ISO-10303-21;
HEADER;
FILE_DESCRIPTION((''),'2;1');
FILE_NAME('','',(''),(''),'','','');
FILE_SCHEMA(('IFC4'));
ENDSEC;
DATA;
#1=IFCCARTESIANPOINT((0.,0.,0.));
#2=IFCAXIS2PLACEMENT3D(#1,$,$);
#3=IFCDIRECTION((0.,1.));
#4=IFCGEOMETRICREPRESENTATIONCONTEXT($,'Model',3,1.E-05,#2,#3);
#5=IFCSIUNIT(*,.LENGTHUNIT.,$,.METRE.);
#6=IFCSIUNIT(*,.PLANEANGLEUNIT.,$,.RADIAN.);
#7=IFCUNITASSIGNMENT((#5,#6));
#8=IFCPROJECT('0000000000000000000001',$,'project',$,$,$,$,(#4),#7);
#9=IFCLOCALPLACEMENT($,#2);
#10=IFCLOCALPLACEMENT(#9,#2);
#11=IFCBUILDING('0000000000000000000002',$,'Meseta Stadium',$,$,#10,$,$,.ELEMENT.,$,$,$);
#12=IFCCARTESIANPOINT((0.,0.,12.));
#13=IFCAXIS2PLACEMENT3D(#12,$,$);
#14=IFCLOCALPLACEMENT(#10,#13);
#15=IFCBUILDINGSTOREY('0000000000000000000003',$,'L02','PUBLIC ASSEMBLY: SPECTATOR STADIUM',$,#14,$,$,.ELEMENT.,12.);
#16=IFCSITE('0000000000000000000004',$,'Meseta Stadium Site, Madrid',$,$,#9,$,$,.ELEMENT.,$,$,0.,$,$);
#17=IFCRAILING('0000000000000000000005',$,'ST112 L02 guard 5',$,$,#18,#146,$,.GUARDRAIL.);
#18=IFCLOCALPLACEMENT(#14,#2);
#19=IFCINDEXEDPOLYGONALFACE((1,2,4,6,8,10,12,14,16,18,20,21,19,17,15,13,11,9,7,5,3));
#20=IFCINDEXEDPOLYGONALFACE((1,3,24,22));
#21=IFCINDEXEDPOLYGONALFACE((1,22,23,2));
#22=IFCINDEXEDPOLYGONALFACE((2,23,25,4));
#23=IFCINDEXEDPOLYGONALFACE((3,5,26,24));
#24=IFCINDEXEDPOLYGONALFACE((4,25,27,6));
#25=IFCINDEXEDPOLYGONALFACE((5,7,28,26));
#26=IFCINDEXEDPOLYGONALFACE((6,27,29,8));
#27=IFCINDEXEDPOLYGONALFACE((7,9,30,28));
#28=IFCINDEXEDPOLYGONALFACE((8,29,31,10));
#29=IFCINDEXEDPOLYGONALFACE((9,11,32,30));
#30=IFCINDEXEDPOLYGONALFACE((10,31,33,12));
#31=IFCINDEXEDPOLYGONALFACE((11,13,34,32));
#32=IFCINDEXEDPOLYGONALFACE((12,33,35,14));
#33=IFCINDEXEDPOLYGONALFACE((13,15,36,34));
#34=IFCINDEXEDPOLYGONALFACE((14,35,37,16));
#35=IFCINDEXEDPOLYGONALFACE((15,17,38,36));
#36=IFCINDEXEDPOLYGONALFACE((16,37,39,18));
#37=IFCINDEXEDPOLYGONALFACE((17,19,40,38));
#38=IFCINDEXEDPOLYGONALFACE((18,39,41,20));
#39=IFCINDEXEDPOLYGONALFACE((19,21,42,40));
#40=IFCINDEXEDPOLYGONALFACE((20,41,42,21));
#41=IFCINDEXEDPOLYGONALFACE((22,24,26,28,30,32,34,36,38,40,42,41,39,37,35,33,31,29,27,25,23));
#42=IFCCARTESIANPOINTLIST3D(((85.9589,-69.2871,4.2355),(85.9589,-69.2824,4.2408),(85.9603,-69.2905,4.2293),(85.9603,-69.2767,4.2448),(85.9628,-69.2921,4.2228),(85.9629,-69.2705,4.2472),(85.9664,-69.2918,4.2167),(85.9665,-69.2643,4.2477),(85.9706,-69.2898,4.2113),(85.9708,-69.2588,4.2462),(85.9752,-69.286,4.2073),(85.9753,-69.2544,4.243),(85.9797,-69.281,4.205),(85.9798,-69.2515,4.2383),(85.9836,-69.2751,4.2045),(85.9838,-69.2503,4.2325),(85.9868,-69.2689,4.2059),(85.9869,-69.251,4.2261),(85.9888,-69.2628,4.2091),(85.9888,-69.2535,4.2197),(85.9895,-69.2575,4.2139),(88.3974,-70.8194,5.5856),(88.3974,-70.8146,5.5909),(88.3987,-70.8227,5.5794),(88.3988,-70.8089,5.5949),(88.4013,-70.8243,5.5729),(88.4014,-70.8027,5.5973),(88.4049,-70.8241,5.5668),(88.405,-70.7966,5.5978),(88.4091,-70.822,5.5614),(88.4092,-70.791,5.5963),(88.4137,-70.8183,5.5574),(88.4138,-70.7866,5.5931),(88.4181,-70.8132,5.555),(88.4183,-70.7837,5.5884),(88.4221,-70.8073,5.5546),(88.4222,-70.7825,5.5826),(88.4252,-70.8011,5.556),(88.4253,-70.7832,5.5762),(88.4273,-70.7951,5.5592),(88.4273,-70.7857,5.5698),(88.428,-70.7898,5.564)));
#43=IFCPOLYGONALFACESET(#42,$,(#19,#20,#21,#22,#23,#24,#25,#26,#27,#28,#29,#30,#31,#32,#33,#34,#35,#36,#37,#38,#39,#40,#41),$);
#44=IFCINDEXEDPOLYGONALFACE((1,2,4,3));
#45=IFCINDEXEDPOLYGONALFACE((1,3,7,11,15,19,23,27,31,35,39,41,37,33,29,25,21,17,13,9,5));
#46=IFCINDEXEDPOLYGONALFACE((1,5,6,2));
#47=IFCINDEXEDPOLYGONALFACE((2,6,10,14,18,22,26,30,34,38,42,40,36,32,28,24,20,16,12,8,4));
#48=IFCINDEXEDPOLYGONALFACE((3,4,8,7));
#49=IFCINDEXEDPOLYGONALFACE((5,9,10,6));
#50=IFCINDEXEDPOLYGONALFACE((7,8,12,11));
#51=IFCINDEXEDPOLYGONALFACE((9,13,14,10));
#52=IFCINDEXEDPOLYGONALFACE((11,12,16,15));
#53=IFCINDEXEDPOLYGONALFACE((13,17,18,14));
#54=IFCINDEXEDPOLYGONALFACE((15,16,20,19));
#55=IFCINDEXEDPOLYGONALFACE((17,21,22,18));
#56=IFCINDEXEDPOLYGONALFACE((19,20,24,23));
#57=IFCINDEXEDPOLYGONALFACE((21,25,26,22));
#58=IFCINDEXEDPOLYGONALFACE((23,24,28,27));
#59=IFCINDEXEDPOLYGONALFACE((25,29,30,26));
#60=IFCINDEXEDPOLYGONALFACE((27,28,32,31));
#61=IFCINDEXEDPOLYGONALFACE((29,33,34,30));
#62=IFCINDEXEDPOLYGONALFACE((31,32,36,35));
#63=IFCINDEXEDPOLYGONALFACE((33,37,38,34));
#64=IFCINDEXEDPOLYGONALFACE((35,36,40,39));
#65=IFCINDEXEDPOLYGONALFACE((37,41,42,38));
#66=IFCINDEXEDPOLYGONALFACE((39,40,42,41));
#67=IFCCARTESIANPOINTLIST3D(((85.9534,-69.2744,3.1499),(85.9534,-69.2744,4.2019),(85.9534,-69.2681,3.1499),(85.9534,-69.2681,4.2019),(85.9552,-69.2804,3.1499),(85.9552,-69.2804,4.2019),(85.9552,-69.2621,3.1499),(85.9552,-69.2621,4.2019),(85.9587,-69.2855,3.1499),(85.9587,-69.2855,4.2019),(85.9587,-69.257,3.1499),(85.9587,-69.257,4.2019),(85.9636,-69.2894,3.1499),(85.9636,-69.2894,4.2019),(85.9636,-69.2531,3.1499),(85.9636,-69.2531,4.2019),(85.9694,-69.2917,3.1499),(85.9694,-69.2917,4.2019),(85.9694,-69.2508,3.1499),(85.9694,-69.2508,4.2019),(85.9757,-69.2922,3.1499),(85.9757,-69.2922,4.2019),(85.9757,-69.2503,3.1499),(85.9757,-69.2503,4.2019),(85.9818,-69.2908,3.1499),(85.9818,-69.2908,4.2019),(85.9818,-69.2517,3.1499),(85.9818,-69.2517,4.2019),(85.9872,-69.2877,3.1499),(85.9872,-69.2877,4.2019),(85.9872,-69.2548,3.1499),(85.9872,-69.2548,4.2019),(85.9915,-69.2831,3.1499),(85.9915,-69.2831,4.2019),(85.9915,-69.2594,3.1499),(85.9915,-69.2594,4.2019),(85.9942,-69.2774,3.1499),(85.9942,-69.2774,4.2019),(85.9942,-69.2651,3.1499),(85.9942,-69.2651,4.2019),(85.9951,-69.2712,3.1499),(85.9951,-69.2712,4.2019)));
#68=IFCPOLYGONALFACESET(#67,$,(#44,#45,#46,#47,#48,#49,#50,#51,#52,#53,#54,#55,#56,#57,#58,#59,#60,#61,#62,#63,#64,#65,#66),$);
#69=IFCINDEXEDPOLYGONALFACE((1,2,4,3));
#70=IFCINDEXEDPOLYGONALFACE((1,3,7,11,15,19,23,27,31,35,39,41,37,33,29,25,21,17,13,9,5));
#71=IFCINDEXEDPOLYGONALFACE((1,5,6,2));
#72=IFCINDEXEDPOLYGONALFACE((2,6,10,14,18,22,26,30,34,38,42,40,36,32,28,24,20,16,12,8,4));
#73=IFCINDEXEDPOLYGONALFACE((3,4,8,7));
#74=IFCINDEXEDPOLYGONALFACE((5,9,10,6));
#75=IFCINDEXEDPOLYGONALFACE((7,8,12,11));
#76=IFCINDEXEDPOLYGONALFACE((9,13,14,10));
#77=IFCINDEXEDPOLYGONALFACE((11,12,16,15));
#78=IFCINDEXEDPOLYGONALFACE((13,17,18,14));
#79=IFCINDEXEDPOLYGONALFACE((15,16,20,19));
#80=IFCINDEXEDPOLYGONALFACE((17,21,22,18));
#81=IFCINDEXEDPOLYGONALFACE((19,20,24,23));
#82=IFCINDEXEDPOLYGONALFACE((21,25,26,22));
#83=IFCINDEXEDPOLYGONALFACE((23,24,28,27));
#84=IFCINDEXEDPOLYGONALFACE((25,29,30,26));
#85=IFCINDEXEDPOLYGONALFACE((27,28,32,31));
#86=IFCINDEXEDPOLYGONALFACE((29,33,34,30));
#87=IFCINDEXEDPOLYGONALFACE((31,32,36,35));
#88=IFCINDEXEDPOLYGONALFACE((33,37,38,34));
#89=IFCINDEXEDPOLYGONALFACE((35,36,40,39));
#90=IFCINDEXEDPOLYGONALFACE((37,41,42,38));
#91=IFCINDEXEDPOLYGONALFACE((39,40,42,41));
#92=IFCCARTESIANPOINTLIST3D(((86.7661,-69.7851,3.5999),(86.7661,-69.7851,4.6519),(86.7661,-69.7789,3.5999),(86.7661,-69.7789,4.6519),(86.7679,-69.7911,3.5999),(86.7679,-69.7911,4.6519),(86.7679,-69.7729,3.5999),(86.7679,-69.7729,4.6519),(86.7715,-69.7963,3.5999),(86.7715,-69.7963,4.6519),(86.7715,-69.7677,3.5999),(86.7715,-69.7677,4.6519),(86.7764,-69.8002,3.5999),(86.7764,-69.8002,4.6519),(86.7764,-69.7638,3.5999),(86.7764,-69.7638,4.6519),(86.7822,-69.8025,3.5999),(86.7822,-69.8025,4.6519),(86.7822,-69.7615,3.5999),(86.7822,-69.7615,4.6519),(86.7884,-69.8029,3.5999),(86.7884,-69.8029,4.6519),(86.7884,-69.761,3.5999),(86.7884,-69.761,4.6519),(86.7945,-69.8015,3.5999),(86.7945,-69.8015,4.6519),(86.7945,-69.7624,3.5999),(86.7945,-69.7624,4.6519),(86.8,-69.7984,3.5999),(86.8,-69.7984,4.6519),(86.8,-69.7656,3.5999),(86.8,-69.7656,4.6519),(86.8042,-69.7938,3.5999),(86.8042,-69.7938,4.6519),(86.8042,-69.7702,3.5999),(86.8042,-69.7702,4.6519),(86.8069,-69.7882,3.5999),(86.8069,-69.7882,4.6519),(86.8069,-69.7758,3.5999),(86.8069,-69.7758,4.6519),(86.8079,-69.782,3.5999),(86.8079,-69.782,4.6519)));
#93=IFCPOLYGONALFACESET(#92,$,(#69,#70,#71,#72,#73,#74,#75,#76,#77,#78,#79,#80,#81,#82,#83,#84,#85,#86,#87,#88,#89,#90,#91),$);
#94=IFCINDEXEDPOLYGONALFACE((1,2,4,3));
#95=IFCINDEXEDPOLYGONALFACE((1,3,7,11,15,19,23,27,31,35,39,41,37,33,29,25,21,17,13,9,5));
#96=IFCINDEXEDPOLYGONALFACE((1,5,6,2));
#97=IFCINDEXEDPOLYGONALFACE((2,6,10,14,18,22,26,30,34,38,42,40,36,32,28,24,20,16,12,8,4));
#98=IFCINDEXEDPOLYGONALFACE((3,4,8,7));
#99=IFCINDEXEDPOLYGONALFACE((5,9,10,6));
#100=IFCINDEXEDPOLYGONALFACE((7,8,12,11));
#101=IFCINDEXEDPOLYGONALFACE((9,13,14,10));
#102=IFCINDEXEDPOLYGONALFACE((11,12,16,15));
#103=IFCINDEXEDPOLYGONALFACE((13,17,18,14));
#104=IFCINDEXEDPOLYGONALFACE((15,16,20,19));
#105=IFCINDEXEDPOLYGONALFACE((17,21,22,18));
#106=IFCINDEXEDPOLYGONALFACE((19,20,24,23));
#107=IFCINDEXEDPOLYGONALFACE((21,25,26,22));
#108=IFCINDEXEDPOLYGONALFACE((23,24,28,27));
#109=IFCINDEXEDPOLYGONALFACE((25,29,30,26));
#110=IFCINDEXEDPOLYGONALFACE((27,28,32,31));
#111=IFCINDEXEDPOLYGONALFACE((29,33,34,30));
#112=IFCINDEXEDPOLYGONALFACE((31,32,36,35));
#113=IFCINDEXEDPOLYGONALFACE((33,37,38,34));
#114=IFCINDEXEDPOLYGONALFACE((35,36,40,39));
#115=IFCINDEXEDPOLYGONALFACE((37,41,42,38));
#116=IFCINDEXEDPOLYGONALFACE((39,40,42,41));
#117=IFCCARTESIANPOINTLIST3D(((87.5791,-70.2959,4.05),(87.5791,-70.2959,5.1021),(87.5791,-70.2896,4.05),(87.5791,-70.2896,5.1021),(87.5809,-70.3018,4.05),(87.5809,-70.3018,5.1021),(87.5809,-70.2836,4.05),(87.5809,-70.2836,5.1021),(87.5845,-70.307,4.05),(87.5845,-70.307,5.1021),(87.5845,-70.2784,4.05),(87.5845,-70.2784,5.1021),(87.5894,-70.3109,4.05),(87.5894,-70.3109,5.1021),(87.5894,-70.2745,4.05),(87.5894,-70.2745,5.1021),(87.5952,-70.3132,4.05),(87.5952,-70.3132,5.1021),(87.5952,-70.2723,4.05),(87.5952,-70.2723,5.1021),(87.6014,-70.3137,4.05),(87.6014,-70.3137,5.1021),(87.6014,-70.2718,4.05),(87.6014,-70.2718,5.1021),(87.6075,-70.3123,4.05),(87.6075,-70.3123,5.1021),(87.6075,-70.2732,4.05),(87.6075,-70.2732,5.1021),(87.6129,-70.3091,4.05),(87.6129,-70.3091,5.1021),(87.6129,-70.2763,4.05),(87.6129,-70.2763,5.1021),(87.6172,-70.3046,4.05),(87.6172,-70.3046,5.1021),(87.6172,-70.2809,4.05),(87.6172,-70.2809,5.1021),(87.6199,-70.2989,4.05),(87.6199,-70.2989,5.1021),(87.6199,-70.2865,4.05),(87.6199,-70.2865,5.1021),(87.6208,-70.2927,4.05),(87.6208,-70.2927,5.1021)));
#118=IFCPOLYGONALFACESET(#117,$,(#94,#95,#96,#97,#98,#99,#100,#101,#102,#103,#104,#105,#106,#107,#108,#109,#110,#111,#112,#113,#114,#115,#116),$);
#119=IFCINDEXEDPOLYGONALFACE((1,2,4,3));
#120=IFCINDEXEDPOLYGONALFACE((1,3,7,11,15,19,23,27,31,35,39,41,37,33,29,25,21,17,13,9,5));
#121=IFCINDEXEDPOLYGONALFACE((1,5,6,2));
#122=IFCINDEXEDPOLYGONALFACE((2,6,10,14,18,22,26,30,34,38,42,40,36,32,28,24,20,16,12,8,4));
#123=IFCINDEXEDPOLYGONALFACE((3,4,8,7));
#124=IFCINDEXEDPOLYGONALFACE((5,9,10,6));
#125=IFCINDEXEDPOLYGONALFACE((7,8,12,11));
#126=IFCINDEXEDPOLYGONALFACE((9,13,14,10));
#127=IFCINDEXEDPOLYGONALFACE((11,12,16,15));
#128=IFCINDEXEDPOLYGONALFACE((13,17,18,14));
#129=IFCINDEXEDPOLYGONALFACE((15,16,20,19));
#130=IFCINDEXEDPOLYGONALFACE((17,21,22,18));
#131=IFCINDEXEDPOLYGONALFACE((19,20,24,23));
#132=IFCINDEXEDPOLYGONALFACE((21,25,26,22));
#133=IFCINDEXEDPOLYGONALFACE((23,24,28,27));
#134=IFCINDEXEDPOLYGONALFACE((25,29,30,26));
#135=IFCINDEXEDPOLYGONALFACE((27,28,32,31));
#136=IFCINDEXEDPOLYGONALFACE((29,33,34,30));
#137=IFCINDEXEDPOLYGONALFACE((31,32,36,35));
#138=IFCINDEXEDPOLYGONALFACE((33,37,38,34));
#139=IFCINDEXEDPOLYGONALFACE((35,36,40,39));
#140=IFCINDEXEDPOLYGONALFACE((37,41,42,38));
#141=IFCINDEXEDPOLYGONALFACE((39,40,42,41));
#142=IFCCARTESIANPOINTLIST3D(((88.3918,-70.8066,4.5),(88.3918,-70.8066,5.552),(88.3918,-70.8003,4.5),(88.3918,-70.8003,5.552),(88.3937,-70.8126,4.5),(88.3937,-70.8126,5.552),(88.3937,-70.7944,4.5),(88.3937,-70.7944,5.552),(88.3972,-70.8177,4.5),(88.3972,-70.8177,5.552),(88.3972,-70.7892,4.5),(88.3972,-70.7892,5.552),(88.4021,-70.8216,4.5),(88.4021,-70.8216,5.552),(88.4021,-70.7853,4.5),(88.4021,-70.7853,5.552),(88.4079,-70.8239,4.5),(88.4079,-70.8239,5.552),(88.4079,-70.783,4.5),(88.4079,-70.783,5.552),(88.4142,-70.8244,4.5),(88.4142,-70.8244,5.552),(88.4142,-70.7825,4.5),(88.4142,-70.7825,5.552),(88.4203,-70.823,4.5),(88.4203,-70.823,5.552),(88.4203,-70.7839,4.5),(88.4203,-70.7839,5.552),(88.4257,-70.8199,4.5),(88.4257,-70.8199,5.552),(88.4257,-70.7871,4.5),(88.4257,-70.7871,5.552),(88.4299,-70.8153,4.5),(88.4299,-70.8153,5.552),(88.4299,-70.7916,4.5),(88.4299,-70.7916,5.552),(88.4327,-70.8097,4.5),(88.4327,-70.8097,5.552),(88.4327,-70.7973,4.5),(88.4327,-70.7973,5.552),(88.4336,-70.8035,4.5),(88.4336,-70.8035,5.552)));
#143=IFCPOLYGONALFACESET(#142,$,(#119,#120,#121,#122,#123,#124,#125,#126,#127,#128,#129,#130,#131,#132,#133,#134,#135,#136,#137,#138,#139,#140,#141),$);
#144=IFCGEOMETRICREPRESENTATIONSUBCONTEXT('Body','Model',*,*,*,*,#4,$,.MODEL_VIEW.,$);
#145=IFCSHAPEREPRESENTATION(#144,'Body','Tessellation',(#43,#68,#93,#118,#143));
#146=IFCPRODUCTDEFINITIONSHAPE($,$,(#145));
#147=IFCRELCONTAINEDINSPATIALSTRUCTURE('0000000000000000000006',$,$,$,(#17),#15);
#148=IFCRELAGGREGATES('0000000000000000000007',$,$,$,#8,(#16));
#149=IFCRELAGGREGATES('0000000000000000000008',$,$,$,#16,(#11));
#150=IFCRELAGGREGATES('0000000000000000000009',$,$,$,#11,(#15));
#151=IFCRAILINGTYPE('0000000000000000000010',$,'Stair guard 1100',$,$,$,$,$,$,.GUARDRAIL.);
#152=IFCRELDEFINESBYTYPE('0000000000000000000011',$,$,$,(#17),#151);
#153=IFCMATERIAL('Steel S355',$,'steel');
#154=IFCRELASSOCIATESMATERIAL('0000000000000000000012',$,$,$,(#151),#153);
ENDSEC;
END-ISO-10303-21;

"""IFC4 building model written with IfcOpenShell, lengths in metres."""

from ifc_helpers import new_model, si_unit, direction, frame, origin, origin_2d, place, context, subcontext, project, spatial, circle, extrude, material, type_object, element, save


model = new_model("IFC4")

# Units and contexts
model_context = context("Model", 3, precision=1e-05, world=origin(), true_north=direction((0.0, 1.0)))
body_context = subcontext(model_context, "Body", "Model", "MODEL_VIEW")
ifc_project = project(units=[si_unit("LENGTHUNIT", "METRE"), si_unit("PLANEANGLEUNIT", "RADIAN")], contexts=[model_context])

# Site, building, storey
site_placement = place(None, origin())
site = spatial("IfcSite", under=ifc_project, at=site_placement, Name="Meseta Stadium Site, Madrid", CompositionType="ELEMENT", RefElevation=0.0)
building_placement = place(site_placement, origin())
building = spatial("IfcBuilding", under=site, at=building_placement, Name="Meseta Stadium", CompositionType="ELEMENT")
storey_placement = place(building_placement, frame((0.0, 0.0, 12.0)))
storey = spatial("IfcBuildingStorey", under=building, at=storey_placement, Name="L02", Description="PUBLIC ASSEMBLY: SPECTATOR STADIUM", CompositionType="ELEMENT", Elevation=12.0)

# Railing
ifc_material_1 = material(Name="Steel S355", Category="steel")
railing_type_1 = type_object("IfcRailingType", Name="Stair guard 1100", PredefinedType="GUARDRAIL", material=ifc_material_1)
railing_1_placement = place(storey_placement, frame((85.9741, -69.2712, 3.1499)))
element("IfcRailing", 1, at=railing_1_placement, inside=storey, type_object=railing_type_1, Name="ST112 L02 guard 5", PredefinedType="GUARDRAIL", context=body_context, shape_type="SweptSolid", body=[
    extrude(circle(Radius=0.0239, at=origin_2d()), frame((0.0, 0.0, 1.0762), z_axis=(0.766655, -0.481731, 0.42447), x_axis=(0.53204, 0.846719, 0.0)), (0.0, 0.0, 1.0), 3.1807),
    extrude(circle(Radius=0.021, at=origin_2d()), origin(), (0.0, 0.0, 1.0), 1.052),
    extrude(circle(Radius=0.021, at=origin_2d()), frame((0.8127, -0.5107, 0.45)), (0.0, 0.0, 1.0), 1.052),
    extrude(circle(Radius=0.021, at=origin_2d()), frame((1.6257, -1.0215, 0.9001)), (0.0, 0.0, 1.0), 1.052),
    extrude(circle(Radius=0.021, at=origin_2d()), frame((2.4385, -1.5322, 1.3501)), (0.0, 0.0, 1.0), 1.052),
])

save(model, "model.ifc")
